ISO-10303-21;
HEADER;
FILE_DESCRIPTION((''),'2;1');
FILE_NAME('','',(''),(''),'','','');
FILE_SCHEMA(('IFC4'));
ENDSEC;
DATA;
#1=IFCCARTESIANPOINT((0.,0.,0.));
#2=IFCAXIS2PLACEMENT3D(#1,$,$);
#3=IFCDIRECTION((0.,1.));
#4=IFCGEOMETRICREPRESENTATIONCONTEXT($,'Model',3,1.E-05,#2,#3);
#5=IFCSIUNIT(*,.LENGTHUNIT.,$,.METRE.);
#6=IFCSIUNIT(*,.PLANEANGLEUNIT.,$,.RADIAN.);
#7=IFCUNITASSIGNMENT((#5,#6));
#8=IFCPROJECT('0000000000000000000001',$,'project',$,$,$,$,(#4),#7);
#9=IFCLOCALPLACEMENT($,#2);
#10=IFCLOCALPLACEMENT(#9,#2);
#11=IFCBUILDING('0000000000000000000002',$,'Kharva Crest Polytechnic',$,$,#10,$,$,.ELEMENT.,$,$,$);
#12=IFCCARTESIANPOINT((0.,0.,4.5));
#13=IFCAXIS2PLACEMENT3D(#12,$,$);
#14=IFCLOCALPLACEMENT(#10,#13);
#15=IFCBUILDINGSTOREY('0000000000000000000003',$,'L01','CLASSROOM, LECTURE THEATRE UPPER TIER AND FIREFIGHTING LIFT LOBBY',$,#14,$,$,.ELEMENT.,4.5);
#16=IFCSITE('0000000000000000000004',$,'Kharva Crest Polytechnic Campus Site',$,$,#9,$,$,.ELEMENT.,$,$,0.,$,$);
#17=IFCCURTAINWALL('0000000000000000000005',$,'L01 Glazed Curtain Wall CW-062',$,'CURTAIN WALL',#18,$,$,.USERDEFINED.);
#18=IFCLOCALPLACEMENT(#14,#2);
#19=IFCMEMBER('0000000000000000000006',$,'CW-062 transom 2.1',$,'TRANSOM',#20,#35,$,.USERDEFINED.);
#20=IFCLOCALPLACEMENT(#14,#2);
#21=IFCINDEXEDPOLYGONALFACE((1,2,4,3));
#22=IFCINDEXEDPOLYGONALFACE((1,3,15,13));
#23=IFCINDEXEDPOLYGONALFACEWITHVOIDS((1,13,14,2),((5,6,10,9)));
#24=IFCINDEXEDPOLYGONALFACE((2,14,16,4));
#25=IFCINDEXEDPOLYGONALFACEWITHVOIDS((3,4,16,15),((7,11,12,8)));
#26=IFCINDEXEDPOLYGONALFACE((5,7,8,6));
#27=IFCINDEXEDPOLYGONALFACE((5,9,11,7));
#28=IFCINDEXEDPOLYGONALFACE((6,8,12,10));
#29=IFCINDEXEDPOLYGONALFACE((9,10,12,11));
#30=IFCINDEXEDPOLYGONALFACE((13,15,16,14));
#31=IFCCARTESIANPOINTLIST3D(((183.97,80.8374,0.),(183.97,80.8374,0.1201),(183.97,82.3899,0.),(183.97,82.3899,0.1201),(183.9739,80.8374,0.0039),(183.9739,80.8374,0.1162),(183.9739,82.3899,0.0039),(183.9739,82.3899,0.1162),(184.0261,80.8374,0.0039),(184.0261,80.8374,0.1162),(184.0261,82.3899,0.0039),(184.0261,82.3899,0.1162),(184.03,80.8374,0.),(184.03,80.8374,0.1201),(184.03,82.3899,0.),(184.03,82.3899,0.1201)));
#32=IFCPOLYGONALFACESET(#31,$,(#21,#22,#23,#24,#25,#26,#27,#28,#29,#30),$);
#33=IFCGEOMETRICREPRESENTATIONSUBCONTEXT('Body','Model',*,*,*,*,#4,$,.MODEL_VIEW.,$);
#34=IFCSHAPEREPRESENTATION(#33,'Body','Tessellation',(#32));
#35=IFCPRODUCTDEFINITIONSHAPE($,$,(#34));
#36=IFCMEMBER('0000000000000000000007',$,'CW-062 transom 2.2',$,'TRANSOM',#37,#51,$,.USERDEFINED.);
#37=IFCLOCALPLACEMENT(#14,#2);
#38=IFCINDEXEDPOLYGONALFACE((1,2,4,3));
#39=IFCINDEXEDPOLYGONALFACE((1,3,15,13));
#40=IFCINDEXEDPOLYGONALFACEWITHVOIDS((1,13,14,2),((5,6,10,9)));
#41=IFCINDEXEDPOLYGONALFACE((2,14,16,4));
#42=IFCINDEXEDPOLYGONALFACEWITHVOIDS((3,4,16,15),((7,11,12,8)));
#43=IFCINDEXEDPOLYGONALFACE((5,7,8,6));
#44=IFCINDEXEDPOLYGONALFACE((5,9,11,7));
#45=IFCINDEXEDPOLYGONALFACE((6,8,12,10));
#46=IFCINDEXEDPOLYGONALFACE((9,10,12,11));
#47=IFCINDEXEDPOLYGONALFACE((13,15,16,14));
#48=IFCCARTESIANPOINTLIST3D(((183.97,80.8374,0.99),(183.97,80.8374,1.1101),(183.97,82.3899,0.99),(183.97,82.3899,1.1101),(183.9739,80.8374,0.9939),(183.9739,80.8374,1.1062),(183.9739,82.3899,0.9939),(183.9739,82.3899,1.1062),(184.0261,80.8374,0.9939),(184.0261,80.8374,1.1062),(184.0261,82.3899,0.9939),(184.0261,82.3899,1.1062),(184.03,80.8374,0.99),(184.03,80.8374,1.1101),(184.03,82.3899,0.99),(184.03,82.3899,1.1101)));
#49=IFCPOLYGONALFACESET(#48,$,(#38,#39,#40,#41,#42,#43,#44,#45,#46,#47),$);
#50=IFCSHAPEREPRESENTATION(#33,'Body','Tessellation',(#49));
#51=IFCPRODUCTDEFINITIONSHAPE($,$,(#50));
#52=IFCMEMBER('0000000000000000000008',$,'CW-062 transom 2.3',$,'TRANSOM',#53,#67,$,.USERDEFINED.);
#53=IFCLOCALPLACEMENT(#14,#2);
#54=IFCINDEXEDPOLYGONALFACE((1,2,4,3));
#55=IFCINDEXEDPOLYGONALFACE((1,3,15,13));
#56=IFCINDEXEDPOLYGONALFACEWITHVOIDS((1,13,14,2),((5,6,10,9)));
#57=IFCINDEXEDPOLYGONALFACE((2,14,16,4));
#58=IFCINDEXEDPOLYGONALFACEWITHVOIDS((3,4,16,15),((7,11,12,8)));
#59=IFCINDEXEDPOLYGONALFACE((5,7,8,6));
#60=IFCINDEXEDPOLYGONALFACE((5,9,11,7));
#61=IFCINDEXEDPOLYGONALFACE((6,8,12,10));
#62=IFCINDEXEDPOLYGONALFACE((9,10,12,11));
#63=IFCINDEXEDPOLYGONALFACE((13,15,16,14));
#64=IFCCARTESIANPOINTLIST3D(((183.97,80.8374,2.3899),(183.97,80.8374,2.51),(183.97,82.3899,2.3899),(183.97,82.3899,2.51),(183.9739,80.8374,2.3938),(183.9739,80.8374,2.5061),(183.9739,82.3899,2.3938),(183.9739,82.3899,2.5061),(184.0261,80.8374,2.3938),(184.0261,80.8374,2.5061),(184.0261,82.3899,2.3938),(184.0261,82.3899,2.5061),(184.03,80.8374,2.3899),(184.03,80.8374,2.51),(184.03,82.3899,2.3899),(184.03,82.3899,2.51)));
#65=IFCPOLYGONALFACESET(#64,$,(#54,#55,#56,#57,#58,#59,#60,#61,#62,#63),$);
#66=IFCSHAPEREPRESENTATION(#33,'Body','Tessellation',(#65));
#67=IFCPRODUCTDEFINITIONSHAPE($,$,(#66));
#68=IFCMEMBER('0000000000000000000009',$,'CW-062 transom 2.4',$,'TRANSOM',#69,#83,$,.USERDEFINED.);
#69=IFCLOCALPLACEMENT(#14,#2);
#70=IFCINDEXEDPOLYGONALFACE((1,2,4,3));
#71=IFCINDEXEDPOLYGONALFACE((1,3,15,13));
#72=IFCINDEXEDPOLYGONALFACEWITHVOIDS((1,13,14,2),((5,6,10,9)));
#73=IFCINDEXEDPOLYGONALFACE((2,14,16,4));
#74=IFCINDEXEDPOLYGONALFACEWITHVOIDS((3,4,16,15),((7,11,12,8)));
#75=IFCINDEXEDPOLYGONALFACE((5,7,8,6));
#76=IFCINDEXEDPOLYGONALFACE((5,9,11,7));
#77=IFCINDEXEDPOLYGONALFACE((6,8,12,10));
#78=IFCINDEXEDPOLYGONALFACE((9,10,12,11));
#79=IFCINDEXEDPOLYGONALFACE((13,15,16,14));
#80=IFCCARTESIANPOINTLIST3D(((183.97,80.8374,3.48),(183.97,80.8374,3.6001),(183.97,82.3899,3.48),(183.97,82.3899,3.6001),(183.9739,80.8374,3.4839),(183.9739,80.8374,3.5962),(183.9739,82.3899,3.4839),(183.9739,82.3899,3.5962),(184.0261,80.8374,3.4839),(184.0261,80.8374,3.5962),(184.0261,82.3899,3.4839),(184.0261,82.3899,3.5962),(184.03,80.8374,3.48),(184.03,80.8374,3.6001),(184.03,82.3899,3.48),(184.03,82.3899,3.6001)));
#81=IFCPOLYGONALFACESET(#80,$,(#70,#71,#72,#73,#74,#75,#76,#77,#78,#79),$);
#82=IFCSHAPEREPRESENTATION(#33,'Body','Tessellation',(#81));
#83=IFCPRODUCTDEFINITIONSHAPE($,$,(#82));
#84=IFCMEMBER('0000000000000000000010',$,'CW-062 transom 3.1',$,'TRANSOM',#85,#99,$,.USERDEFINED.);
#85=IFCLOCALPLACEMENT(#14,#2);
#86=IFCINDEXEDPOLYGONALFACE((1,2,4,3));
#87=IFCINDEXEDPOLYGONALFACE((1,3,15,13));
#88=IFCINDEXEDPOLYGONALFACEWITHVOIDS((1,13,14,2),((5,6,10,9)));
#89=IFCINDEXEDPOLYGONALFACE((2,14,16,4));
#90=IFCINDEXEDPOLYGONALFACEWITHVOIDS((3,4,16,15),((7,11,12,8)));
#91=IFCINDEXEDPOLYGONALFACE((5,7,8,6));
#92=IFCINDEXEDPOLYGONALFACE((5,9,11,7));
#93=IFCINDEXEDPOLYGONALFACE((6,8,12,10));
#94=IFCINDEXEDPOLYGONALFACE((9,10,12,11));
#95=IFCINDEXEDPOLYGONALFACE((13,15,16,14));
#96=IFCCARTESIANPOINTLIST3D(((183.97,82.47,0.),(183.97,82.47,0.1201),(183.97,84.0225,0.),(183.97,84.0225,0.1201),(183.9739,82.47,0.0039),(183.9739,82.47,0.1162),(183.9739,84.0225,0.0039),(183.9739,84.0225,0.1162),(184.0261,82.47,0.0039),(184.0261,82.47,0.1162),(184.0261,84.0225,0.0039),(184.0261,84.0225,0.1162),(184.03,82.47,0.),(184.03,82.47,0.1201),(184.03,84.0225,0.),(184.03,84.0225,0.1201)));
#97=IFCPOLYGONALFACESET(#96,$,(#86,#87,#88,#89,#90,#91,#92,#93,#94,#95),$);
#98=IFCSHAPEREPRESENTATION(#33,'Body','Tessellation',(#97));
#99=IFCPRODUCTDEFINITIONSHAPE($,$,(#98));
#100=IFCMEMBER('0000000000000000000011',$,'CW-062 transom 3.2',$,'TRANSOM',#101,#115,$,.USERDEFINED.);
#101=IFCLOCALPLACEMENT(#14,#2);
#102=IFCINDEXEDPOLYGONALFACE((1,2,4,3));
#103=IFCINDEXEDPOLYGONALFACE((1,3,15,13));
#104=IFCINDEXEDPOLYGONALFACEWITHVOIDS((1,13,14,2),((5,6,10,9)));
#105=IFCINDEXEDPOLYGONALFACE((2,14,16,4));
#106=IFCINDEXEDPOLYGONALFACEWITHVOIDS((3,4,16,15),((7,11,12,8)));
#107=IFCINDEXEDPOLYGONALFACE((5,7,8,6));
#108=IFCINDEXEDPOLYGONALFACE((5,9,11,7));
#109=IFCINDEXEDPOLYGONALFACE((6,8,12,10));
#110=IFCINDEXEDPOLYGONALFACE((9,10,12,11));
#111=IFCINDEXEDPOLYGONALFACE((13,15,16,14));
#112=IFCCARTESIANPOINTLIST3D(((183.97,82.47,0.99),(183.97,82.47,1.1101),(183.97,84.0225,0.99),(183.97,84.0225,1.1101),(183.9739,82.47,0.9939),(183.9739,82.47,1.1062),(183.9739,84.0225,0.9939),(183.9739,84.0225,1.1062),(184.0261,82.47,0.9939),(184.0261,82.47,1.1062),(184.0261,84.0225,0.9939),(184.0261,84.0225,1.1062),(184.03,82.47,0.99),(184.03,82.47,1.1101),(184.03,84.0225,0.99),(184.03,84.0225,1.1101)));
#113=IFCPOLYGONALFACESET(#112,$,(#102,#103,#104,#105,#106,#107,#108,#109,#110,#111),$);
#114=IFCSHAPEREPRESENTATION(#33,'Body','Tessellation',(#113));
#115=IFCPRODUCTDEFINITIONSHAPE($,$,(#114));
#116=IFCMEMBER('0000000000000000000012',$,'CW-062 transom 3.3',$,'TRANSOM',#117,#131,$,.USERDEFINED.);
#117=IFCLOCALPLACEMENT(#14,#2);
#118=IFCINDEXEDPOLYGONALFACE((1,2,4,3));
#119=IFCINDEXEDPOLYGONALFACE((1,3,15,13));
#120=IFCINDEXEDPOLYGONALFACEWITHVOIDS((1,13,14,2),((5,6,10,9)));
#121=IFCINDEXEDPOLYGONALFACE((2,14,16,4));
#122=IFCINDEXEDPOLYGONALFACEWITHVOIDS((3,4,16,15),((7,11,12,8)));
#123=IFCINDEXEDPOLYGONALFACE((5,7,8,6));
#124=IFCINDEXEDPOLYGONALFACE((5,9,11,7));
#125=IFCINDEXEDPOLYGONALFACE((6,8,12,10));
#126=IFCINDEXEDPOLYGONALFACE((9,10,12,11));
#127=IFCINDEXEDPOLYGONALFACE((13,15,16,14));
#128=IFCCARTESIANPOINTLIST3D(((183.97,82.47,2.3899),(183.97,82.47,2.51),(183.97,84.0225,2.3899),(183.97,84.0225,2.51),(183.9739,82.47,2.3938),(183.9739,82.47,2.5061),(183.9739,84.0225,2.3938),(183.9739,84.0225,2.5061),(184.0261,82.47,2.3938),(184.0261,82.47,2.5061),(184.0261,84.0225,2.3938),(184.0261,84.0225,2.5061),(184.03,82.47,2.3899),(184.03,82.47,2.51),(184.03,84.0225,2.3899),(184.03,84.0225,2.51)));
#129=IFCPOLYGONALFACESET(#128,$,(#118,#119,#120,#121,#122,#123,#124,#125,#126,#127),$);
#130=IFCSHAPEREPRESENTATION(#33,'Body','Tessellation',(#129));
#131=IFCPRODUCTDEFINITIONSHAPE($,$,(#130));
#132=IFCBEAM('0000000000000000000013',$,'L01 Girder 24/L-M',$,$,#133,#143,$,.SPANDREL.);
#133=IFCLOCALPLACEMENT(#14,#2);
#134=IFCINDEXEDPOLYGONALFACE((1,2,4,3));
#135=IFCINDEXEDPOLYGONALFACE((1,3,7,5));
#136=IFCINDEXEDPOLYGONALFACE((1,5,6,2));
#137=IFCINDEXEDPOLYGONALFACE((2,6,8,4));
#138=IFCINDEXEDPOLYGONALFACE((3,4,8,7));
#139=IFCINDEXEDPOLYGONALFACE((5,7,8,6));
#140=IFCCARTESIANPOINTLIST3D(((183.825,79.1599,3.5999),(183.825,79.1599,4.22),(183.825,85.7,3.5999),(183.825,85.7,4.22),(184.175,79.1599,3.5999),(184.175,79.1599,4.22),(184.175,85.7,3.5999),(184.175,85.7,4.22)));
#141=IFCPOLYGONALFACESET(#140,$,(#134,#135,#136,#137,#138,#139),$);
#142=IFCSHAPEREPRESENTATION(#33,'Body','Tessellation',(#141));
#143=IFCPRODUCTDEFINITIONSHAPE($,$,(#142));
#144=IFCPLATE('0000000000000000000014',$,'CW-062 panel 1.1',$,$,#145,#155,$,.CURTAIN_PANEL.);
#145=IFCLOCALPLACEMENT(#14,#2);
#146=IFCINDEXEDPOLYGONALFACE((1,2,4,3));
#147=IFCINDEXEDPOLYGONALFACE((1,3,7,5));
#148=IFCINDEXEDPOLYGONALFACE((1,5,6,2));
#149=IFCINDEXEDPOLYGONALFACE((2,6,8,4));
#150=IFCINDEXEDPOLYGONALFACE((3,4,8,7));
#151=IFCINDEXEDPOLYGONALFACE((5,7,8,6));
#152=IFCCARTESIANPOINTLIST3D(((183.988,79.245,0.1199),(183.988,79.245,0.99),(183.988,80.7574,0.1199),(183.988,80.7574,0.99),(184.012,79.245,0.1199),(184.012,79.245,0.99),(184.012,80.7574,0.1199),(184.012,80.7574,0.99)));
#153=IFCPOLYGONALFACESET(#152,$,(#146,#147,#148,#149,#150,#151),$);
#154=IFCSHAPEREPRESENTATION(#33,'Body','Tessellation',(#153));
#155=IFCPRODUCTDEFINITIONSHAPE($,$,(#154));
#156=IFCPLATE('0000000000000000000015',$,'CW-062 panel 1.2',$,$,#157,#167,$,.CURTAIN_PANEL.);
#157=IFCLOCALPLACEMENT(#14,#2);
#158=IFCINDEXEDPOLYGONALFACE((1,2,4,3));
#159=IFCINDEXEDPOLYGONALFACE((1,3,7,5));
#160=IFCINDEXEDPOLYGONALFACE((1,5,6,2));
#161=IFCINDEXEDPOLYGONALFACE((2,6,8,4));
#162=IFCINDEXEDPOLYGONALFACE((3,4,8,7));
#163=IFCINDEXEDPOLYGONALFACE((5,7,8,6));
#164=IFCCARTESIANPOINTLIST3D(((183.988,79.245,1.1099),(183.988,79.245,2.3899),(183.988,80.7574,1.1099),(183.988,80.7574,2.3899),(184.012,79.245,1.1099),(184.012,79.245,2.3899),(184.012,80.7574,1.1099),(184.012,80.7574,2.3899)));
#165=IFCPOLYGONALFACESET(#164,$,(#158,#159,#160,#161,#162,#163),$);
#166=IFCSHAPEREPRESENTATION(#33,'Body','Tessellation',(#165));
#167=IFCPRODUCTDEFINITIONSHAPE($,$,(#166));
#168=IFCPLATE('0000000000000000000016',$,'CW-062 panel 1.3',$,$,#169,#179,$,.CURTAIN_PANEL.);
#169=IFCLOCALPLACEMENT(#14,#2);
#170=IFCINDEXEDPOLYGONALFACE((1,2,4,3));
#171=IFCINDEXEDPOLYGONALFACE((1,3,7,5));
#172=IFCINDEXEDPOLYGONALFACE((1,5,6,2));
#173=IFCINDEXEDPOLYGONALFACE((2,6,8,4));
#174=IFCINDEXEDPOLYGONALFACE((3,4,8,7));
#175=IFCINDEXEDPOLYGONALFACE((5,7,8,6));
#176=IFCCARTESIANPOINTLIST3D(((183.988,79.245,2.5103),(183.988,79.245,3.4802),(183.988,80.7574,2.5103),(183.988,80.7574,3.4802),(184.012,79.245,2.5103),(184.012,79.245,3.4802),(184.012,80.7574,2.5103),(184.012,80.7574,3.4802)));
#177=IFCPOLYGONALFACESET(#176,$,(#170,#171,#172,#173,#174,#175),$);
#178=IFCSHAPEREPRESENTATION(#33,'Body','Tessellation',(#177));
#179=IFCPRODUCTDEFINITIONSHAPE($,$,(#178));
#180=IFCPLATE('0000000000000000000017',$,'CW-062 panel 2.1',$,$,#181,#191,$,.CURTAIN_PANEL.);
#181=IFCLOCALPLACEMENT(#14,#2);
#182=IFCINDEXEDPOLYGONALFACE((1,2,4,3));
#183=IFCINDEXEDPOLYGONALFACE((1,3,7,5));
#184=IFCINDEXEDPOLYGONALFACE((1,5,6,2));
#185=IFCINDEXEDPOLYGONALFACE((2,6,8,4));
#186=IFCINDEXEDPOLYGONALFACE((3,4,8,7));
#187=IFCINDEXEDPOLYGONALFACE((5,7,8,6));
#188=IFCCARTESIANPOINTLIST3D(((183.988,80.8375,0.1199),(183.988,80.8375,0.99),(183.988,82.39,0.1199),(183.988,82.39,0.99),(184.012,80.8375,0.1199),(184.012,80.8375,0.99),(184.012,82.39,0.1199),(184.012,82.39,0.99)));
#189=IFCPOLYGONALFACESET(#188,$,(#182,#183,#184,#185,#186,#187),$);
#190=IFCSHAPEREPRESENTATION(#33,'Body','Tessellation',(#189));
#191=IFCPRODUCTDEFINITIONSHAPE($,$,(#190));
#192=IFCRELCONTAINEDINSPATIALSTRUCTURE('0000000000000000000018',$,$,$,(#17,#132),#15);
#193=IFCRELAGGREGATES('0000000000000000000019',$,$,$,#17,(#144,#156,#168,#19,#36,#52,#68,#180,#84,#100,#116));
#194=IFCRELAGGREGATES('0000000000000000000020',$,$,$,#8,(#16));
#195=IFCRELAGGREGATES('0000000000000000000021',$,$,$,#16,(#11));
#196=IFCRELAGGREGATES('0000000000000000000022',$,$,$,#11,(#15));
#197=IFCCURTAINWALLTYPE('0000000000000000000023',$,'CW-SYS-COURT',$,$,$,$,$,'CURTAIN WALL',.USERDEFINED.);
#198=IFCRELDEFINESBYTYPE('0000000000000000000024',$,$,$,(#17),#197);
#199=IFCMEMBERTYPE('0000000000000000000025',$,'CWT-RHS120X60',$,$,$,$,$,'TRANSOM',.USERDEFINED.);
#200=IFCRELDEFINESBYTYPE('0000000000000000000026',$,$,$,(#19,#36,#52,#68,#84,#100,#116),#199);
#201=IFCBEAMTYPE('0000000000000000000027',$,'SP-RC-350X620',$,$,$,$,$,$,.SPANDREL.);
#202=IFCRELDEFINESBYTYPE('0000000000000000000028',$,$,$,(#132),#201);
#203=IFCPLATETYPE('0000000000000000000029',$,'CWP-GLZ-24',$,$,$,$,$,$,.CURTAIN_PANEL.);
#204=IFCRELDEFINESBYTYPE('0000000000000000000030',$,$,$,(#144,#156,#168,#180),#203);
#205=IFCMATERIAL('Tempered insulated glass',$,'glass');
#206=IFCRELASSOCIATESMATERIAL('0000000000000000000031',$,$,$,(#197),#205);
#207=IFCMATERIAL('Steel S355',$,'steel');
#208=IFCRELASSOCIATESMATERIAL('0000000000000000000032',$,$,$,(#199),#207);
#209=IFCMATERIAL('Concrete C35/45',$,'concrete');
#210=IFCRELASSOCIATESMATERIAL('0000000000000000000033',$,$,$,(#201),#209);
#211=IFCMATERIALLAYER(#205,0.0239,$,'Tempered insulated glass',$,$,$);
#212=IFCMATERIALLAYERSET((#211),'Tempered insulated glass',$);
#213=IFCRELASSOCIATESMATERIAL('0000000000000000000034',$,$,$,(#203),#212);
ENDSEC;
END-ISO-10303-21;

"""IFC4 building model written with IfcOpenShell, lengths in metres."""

from ifc_helpers import new_model, si_unit, direction, frame, origin, origin_2d, place, context, subcontext, project, spatial, rectangle, hollow_rectangle, extrude, material, layer, layer_set, material_profile, profile_set, type_object, element, aggregate, save


model = new_model("IFC4")

# Units and contexts
model_context = context("Model", 3, precision=1e-05, world=origin(), true_north=direction((0.0, 1.0)))
body_context = subcontext(model_context, "Body", "Model", "MODEL_VIEW")
ifc_project = project(units=[si_unit("LENGTHUNIT", "METRE"), si_unit("PLANEANGLEUNIT", "RADIAN")], contexts=[model_context])

# Site, building, storey
site_placement = place(None, origin())
site = spatial("IfcSite", under=ifc_project, at=site_placement, Name="Kharva Crest Polytechnic Campus Site", CompositionType="ELEMENT", RefElevation=0.0)
building_placement = place(site_placement, origin())
building = spatial("IfcBuilding", under=site, at=building_placement, Name="Kharva Crest Polytechnic", CompositionType="ELEMENT")
storey_placement = place(building_placement, frame((0.0, 0.0, 4.5)))
storey = spatial("IfcBuildingStorey", under=building, at=storey_placement, Name="L01", Description="CLASSROOM, LECTURE THEATRE UPPER TIER AND FIREFIGHTING LIFT LOBBY", CompositionType="ELEMENT", Elevation=4.5)

# Curtain wall, members
ifc_material_1 = material(Name="Tempered insulated glass", Category="glass")
curtain_wall_type = type_object("IfcCurtainWallType", Name="CW-SYS-COURT", ElementType="CURTAIN WALL", PredefinedType="USERDEFINED", material=ifc_material_1)
curtain_wall_placement = place(storey_placement, origin())
curtain_wall = element("IfcCurtainWall", 1, at=curtain_wall_placement, inside=storey, type_object=curtain_wall_type, Name="L01 Glazed Curtain Wall CW-062", ObjectType="CURTAIN WALL", PredefinedType="USERDEFINED")
ifc_material_2 = material(Name="Steel S355", Category="steel")
ifc_material_profile_1 = material_profile(ifc_material_2, hollow_rectangle(XDim=0.0601, YDim=0.1201, WallThickness=0.0039, at=origin_2d()), Name="RHS 120X60X4.0")
ifc_profile_set_1 = profile_set([ifc_material_profile_1], Name="Steel S355")
member_type_1 = type_object("IfcMemberType", Name="CWT-RHS120X60", ElementType="TRANSOM", PredefinedType="USERDEFINED", material=ifc_profile_set_1)
member_1_placement = place(storey_placement, frame((184.0, 80.8374, 0.0601), z_axis=(0.0, 1.0, 0.0), x_axis=(-1.0, 0.0, 0.0)))
member_1 = element("IfcMember", 2, at=member_1_placement, type_object=member_type_1, Name="CW-062 transom 2.1", ObjectType="TRANSOM", PredefinedType="USERDEFINED", context=body_context, shape_type="SweptSolid", body=[
    extrude(hollow_rectangle(XDim=0.0601, YDim=0.1201, WallThickness=0.0039, at=origin_2d()), origin(), (0.0, 0.0, 1.0), 1.5525),
])
member_2_placement = place(storey_placement, frame((184.0, 80.8374, 1.05), z_axis=(0.0, 1.0, 0.0), x_axis=(-1.0, 0.0, 0.0)))
member_2 = element("IfcMember", 3, at=member_2_placement, type_object=member_type_1, Name="CW-062 transom 2.2", ObjectType="TRANSOM", PredefinedType="USERDEFINED", context=body_context, shape_type="SweptSolid", body=[
    extrude(hollow_rectangle(XDim=0.0601, YDim=0.1201, WallThickness=0.0039, at=origin_2d()), origin(), (0.0, 0.0, 1.0), 1.5525),
])
member_3_placement = place(storey_placement, frame((184.0, 80.8374, 2.45), z_axis=(0.0, 1.0, 0.0), x_axis=(-1.0, 0.0, 0.0)))
member_3 = element("IfcMember", 4, at=member_3_placement, type_object=member_type_1, Name="CW-062 transom 2.3", ObjectType="TRANSOM", PredefinedType="USERDEFINED", context=body_context, shape_type="SweptSolid", body=[
    extrude(hollow_rectangle(XDim=0.0601, YDim=0.1201, WallThickness=0.0039, at=origin_2d()), origin(), (0.0, 0.0, 1.0), 1.5525),
])
member_4_placement = place(storey_placement, frame((184.0, 80.8374, 3.54), z_axis=(0.0, 1.0, 0.0), x_axis=(-1.0, 0.0, 0.0)))
member_4 = element("IfcMember", 5, at=member_4_placement, type_object=member_type_1, Name="CW-062 transom 2.4", ObjectType="TRANSOM", PredefinedType="USERDEFINED", context=body_context, shape_type="SweptSolid", body=[
    extrude(hollow_rectangle(XDim=0.0601, YDim=0.1201, WallThickness=0.0039, at=origin_2d()), origin(), (0.0, 0.0, 1.0), 1.5525),
])
member_5_placement = place(storey_placement, frame((184.0, 82.47, 0.0601), z_axis=(0.0, 1.0, 0.0), x_axis=(-1.0, 0.0, 0.0)))
member_5 = element("IfcMember", 6, at=member_5_placement, type_object=member_type_1, Name="CW-062 transom 3.1", ObjectType="TRANSOM", PredefinedType="USERDEFINED", context=body_context, shape_type="SweptSolid", body=[
    extrude(hollow_rectangle(XDim=0.0601, YDim=0.1201, WallThickness=0.0039, at=origin_2d()), origin(), (0.0, 0.0, 1.0), 1.5525),
])
member_6_placement = place(storey_placement, frame((184.0, 82.47, 1.05), z_axis=(0.0, 1.0, 0.0), x_axis=(-1.0, 0.0, 0.0)))
member_6 = element("IfcMember", 7, at=member_6_placement, type_object=member_type_1, Name="CW-062 transom 3.2", ObjectType="TRANSOM", PredefinedType="USERDEFINED", context=body_context, shape_type="SweptSolid", body=[
    extrude(hollow_rectangle(XDim=0.0601, YDim=0.1201, WallThickness=0.0039, at=origin_2d()), origin(), (0.0, 0.0, 1.0), 1.5525),
])
member_7_placement = place(storey_placement, frame((184.0, 82.47, 2.45), z_axis=(0.0, 1.0, 0.0), x_axis=(-1.0, 0.0, 0.0)))
member_7 = element("IfcMember", 8, at=member_7_placement, type_object=member_type_1, Name="CW-062 transom 3.3", ObjectType="TRANSOM", PredefinedType="USERDEFINED", context=body_context, shape_type="SweptSolid", body=[
    extrude(hollow_rectangle(XDim=0.0601, YDim=0.1201, WallThickness=0.0039, at=origin_2d()), origin(), (0.0, 0.0, 1.0), 1.5525),
])

# Beam
ifc_material_3 = material(Name="Concrete C35/45", Category="concrete")
ifc_material_profile_2 = material_profile(ifc_material_3, rectangle(XDim=0.3501, YDim=0.6201, at=origin_2d()), Name="RECT 350 X 620")
ifc_profile_set_2 = profile_set([ifc_material_profile_2], Name="Concrete C35/45")
beam_type = type_object("IfcBeamType", Name="SP-RC-350X620", PredefinedType="SPANDREL", material=ifc_profile_set_2)
beam_placement = place(storey_placement, frame((184.0, 79.1599, 3.9099), z_axis=(0.0, 1.0, 0.0), x_axis=(-1.0, 0.0, 0.0)))
element("IfcBeam", 9, at=beam_placement, inside=storey, type_object=beam_type, Name="L01 Girder 24/L-M", PredefinedType="SPANDREL", context=body_context, shape_type="SweptSolid", body=[
    extrude(rectangle(XDim=0.3501, YDim=0.6201, at=origin_2d()), origin(), (0.0, 0.0, 1.0), 6.54),
])

# Plates
ifc_layer_1 = layer(ifc_material_1, 0.0239, Name="Tempered insulated glass")
ifc_layer_set_1 = layer_set([ifc_layer_1], Name="Tempered insulated glass")
plate_type = type_object("IfcPlateType", Name="CWP-GLZ-24", PredefinedType="CURTAIN_PANEL", material=ifc_layer_set_1)
plate_1_placement = place(storey_placement, frame((184.0, 80.0012, 0.1199), z_axis=(0.0, 0.0, 1.0), x_axis=(0.0, 1.0, 0.0)))
plate_1 = element("IfcPlate", 10, at=plate_1_placement, type_object=plate_type, Name="CW-062 panel 1.1", PredefinedType="CURTAIN_PANEL", context=body_context, shape_type="SweptSolid", body=[
    extrude(rectangle(XDim=1.5125, YDim=0.0239, at=origin_2d()), origin(), (0.0, 0.0, 1.0), 0.8701),
])
plate_2_placement = place(storey_placement, frame((184.0, 80.0012, 1.1099), z_axis=(0.0, 0.0, 1.0), x_axis=(0.0, 1.0, 0.0)))
plate_2 = element("IfcPlate", 11, at=plate_2_placement, type_object=plate_type, Name="CW-062 panel 1.2", PredefinedType="CURTAIN_PANEL", context=body_context, shape_type="SweptSolid", body=[
    extrude(rectangle(XDim=1.5125, YDim=0.0239, at=origin_2d()), origin(), (0.0, 0.0, 1.0), 1.28),
])
plate_3_placement = place(storey_placement, frame((184.0, 80.0012, 2.5103), z_axis=(0.0, 0.0, 1.0), x_axis=(0.0, 1.0, 0.0)))
plate_3 = element("IfcPlate", 12, at=plate_3_placement, type_object=plate_type, Name="CW-062 panel 1.3", PredefinedType="CURTAIN_PANEL", context=body_context, shape_type="SweptSolid", body=[
    extrude(rectangle(XDim=1.5125, YDim=0.0239, at=origin_2d()), origin(), (0.0, 0.0, 1.0), 0.97),
])
plate_4_placement = place(storey_placement, frame((184.0, 81.6138, 0.1199), z_axis=(0.0, 0.0, 1.0), x_axis=(0.0, 1.0, 0.0)))
plate_4 = element("IfcPlate", 13, at=plate_4_placement, type_object=plate_type, Name="CW-062 panel 2.1", PredefinedType="CURTAIN_PANEL", context=body_context, shape_type="SweptSolid", body=[
    extrude(rectangle(XDim=1.5525, YDim=0.0239, at=origin_2d()), origin(), (0.0, 0.0, 1.0), 0.8701),
])
aggregate(curtain_wall, [plate_1, plate_2, plate_3, member_1, member_2, member_3, member_4, plate_4, member_5, member_6, member_7])

save(model, "model.ifc")
